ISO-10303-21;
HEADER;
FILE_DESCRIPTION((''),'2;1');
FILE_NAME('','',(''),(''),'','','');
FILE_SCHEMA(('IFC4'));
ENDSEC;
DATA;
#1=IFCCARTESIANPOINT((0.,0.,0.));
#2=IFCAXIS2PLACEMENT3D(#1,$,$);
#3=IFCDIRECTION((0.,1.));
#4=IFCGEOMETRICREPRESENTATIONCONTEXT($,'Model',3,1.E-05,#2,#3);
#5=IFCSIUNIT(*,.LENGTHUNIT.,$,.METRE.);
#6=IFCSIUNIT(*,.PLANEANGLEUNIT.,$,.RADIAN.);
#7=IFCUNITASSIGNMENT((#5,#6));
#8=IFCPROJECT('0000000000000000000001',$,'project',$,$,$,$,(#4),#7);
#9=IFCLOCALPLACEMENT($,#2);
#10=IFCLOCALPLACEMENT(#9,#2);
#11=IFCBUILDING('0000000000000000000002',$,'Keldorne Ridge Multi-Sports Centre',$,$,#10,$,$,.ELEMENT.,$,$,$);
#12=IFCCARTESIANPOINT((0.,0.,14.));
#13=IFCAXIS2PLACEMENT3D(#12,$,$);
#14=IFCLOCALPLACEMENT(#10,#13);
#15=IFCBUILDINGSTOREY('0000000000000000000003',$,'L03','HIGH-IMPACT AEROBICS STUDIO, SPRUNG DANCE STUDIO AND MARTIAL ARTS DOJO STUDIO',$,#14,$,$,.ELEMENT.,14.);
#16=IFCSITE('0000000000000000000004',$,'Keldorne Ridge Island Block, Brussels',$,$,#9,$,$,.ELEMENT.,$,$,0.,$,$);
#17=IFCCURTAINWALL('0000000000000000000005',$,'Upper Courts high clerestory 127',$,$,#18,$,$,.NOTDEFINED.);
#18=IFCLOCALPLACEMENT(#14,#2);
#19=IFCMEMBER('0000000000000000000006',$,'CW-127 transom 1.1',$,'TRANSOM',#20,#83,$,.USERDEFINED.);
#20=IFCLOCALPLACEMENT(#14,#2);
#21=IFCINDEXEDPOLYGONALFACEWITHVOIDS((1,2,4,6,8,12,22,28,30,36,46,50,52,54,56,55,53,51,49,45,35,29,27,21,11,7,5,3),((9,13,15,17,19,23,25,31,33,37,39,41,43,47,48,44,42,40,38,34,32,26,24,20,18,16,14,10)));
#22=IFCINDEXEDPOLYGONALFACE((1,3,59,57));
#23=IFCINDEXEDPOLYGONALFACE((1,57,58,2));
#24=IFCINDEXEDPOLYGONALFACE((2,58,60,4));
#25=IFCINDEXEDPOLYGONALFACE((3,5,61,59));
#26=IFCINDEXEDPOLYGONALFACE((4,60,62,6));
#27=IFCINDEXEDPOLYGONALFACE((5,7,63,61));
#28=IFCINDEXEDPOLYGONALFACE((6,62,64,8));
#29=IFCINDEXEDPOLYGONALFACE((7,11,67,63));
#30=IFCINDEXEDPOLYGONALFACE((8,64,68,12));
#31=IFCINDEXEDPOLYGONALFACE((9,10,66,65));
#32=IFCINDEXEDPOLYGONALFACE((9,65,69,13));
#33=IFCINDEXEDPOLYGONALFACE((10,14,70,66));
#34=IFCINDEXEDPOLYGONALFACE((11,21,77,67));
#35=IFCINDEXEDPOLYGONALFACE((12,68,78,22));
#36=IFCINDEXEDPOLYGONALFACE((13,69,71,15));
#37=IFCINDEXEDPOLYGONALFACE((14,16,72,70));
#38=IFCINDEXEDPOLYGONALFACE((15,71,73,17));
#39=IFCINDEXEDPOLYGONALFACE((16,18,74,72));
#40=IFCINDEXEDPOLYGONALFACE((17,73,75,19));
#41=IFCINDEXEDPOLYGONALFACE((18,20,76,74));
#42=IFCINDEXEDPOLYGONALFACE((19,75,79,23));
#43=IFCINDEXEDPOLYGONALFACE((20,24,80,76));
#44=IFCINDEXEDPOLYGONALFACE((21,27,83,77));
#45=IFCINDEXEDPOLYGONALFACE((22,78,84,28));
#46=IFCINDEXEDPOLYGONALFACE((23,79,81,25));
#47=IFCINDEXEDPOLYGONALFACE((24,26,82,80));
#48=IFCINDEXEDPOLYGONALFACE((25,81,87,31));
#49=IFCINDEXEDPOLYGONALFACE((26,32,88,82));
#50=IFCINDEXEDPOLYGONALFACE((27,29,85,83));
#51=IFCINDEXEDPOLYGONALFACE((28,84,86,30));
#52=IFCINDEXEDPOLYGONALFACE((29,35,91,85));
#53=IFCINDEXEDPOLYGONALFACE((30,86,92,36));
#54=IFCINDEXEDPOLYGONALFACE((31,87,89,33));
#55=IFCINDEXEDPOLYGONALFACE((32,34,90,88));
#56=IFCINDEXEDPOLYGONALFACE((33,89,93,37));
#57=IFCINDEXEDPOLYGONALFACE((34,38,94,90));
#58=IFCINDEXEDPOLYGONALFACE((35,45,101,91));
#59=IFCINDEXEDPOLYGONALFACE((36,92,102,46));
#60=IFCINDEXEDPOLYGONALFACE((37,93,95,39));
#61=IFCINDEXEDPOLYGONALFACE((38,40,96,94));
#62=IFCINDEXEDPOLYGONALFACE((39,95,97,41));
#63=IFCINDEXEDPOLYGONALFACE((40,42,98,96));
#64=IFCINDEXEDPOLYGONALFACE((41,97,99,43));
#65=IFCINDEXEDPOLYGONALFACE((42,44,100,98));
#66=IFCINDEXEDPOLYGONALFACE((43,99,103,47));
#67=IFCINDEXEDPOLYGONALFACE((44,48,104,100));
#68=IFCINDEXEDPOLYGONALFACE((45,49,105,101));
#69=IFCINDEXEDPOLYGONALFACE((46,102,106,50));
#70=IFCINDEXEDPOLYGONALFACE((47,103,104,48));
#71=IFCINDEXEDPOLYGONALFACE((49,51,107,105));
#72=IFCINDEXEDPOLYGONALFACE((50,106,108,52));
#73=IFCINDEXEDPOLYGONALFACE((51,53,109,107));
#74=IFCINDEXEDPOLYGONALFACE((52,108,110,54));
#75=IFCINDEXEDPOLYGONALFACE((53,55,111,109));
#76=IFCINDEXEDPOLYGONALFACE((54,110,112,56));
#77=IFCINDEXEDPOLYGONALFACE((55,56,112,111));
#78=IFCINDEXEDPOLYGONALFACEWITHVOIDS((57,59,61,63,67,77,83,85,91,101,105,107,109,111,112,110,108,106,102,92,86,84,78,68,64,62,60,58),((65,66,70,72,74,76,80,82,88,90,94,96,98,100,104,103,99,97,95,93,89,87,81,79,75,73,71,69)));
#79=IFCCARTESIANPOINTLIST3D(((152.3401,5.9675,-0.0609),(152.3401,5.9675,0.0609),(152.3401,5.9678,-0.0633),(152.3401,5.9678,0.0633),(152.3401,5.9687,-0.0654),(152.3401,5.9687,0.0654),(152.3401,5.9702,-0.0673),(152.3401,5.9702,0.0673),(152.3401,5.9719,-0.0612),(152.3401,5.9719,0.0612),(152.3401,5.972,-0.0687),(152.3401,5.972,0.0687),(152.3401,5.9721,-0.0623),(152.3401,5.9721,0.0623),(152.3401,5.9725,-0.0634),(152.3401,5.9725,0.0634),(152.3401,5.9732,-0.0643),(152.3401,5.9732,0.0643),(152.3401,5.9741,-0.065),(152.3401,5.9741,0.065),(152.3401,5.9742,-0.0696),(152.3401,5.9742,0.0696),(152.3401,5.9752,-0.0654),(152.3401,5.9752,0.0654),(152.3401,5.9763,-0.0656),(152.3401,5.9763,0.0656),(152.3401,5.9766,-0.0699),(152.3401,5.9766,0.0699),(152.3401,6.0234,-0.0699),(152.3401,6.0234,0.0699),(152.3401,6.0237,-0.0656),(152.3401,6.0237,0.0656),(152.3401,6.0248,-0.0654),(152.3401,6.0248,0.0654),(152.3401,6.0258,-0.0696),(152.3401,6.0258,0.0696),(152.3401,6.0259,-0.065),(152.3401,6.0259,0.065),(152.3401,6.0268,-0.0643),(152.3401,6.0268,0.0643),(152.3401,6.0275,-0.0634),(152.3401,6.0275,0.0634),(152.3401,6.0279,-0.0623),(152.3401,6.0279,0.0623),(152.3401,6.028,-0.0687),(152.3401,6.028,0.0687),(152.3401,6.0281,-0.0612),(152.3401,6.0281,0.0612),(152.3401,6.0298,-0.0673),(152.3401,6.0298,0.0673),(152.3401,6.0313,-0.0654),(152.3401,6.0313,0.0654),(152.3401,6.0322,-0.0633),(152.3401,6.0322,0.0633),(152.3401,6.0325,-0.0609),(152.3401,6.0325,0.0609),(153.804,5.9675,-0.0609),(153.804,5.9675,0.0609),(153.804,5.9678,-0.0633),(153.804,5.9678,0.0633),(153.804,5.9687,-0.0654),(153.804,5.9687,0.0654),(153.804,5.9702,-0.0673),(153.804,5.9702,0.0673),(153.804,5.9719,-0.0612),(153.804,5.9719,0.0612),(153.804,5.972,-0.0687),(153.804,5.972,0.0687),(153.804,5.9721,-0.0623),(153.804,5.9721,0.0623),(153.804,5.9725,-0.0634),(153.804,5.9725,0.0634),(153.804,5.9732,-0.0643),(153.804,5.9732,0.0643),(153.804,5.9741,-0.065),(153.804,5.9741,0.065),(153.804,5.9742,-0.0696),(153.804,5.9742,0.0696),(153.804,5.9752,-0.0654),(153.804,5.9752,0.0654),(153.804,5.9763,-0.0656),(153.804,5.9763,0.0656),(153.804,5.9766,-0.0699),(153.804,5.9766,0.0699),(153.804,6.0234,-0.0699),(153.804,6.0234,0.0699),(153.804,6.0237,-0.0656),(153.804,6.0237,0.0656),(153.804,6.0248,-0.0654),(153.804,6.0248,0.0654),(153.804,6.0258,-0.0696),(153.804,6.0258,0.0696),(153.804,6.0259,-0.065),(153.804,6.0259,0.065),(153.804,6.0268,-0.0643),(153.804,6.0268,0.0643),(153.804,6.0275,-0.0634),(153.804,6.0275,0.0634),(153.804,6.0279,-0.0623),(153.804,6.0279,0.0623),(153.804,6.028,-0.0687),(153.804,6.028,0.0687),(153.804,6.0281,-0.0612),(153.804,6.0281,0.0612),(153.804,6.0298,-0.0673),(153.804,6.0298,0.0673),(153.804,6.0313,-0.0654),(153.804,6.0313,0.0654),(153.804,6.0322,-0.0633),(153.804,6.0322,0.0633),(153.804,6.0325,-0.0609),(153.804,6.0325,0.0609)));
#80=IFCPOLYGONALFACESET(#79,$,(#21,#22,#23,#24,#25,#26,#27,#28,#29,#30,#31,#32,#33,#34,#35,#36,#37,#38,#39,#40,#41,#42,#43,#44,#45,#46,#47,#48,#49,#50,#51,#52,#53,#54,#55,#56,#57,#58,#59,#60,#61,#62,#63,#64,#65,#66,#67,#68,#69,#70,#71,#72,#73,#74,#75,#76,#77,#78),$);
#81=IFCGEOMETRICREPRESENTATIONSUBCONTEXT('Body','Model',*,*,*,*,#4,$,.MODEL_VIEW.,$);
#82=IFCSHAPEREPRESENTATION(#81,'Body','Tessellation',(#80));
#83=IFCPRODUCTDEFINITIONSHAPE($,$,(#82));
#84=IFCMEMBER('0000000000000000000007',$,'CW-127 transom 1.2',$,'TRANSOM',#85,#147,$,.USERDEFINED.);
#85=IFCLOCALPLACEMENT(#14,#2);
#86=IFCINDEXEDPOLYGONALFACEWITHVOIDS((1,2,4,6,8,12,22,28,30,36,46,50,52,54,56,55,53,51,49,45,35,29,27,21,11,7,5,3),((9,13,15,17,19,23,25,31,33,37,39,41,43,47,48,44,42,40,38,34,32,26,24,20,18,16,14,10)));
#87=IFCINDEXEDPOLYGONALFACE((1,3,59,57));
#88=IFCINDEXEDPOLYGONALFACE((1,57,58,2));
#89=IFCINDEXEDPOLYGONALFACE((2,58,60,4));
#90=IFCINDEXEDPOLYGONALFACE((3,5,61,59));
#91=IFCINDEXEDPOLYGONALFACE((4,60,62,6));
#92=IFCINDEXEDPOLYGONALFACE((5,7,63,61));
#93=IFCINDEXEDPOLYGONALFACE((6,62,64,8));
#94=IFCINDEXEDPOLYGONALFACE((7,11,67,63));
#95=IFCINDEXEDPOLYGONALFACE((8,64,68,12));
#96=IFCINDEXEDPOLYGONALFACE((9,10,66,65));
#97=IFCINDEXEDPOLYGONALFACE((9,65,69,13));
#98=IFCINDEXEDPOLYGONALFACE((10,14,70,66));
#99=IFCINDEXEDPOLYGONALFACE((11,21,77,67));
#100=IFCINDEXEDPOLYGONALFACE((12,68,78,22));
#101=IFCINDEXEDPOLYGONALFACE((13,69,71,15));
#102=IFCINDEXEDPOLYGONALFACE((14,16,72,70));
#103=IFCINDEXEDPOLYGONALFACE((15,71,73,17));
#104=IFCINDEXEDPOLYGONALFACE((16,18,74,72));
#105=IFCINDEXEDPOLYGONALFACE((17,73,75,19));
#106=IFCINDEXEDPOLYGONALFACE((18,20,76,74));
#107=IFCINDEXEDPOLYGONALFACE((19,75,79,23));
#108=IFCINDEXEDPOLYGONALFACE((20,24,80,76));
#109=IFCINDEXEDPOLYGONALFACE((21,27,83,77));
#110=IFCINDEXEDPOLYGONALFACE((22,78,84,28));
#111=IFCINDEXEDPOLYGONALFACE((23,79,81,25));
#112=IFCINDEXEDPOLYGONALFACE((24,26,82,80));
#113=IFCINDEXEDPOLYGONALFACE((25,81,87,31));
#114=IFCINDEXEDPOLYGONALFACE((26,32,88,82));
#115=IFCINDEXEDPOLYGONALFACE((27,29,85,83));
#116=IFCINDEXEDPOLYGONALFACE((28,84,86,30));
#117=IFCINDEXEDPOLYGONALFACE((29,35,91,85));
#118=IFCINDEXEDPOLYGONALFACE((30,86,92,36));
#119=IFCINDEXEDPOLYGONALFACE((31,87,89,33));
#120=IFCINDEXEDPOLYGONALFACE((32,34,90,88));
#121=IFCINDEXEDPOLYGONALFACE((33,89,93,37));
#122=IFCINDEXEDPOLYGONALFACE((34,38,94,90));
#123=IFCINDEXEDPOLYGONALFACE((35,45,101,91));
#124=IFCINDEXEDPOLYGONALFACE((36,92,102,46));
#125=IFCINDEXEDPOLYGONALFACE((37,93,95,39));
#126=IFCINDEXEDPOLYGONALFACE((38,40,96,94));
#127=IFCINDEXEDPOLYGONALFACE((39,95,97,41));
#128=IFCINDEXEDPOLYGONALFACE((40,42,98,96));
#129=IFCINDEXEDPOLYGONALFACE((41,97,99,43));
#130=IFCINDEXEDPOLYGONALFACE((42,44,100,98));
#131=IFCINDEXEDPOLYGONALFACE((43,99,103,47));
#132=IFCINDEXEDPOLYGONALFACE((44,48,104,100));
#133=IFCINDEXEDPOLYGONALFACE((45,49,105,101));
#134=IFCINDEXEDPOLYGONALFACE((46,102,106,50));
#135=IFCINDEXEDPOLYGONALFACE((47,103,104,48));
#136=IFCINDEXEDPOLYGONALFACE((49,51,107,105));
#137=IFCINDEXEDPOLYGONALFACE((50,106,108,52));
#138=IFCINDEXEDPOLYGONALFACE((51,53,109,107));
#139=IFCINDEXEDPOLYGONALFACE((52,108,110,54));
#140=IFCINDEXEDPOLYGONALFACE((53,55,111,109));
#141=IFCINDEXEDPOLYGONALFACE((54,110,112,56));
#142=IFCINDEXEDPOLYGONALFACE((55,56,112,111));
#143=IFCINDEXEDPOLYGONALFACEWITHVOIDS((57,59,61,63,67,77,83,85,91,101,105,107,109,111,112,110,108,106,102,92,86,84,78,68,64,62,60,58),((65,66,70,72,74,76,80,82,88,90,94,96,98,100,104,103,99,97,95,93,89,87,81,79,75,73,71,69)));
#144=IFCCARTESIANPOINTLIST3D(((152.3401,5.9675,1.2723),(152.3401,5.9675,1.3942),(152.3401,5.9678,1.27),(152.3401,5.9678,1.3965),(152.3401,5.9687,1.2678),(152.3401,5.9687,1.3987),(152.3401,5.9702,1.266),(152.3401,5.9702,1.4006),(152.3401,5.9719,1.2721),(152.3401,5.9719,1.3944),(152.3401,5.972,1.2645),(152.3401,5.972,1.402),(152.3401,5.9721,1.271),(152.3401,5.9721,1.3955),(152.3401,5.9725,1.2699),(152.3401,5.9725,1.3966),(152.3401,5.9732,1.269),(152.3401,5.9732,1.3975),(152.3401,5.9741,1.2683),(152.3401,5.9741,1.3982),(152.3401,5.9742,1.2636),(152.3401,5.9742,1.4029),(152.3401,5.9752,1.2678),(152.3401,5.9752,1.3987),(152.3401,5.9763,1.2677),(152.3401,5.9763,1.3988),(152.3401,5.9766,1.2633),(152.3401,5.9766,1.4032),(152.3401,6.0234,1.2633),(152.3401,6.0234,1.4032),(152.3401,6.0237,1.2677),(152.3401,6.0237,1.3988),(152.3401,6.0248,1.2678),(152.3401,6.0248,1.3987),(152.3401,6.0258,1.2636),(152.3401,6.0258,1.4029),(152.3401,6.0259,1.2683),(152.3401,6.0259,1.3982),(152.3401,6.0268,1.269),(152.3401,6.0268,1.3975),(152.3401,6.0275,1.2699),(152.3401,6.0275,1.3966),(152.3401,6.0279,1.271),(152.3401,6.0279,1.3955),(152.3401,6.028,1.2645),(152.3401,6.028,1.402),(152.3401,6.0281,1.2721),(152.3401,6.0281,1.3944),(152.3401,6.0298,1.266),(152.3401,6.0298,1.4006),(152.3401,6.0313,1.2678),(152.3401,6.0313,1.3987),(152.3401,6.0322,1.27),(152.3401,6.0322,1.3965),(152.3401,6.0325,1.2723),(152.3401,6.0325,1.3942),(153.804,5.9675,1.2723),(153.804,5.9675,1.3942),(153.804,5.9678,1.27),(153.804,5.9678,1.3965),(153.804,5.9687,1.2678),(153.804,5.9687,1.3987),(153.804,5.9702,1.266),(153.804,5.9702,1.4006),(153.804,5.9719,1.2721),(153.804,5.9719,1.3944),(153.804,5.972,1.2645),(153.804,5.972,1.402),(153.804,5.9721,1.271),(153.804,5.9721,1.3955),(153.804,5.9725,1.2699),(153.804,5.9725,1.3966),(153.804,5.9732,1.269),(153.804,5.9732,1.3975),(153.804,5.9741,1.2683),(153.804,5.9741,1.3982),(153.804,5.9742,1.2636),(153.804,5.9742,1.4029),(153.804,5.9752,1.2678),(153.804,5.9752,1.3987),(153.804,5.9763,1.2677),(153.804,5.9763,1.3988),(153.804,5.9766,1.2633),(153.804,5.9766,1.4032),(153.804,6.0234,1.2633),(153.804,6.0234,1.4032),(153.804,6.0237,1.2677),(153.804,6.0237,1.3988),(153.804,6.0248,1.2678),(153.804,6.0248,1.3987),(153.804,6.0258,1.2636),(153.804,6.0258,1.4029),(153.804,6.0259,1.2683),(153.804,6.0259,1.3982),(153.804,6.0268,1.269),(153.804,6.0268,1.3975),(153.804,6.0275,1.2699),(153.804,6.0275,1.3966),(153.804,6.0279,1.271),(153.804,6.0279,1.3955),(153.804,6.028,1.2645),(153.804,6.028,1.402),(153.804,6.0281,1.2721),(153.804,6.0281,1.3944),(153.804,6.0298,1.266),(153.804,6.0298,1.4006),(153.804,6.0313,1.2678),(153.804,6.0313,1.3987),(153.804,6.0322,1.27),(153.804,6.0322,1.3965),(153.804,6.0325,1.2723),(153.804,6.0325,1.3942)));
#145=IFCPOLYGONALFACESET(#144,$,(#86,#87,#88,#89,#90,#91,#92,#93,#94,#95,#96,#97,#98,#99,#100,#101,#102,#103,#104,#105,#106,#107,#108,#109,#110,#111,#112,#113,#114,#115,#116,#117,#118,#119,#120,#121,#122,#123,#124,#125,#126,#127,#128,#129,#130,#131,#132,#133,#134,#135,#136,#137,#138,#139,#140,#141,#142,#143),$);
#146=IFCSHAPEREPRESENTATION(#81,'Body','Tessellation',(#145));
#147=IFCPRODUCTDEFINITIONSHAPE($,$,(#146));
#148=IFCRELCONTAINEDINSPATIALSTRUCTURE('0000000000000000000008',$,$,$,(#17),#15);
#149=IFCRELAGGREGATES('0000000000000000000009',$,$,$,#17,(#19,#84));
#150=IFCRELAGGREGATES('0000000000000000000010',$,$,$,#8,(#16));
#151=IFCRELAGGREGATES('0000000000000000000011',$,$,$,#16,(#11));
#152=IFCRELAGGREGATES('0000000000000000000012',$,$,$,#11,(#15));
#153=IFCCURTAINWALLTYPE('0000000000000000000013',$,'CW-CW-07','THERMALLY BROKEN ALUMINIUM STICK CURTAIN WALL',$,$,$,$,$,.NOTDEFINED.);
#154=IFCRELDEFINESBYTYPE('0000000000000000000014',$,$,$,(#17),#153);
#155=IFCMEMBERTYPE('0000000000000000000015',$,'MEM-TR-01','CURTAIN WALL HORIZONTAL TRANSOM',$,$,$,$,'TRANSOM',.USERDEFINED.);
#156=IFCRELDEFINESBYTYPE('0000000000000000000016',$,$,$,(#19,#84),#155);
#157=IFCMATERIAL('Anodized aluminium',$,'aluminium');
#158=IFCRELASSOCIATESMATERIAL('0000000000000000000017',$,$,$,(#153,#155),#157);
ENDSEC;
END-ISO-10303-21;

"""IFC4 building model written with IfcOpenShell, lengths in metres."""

from ifc_helpers import new_model, si_unit, direction, frame, origin, origin_2d, place, context, subcontext, project, spatial, hollow_rectangle, extrude, material, material_profile, profile_set, type_object, element, aggregate, save


model = new_model("IFC4")

# Units and contexts
model_context = context("Model", 3, precision=1e-05, world=origin(), true_north=direction((0.0, 1.0)))
body_context = subcontext(model_context, "Body", "Model", "MODEL_VIEW")
ifc_project = project(units=[si_unit("LENGTHUNIT", "METRE"), si_unit("PLANEANGLEUNIT", "RADIAN")], contexts=[model_context])

# Site, building, storey
site_placement = place(None, origin())
site = spatial("IfcSite", under=ifc_project, at=site_placement, Name="Keldorne Ridge Island Block, Brussels", CompositionType="ELEMENT", RefElevation=0.0)
building_placement = place(site_placement, origin())
building = spatial("IfcBuilding", under=site, at=building_placement, Name="Keldorne Ridge Multi-Sports Centre", CompositionType="ELEMENT")
storey_placement = place(building_placement, frame((0.0, 0.0, 14.0)))
storey = spatial("IfcBuildingStorey", under=building, at=storey_placement, Name="L03", Description="HIGH-IMPACT AEROBICS STUDIO, SPRUNG DANCE STUDIO AND MARTIAL ARTS DOJO STUDIO", CompositionType="ELEMENT", Elevation=14.0)

# Curtain wall, members
ifc_material_1 = material(Name="Anodized aluminium", Category="aluminium")
curtain_wall_type = type_object("IfcCurtainWallType", Name="CW-CW-07", Description="THERMALLY BROKEN ALUMINIUM STICK CURTAIN WALL", PredefinedType="NOTDEFINED", material=ifc_material_1)
curtain_wall_placement = place(storey_placement, origin())
curtain_wall = element("IfcCurtainWall", 1, at=curtain_wall_placement, inside=storey, type_object=curtain_wall_type, Name="Upper Courts high clerestory 127", PredefinedType="NOTDEFINED")
ifc_material_profile_1 = material_profile(ifc_material_1, hollow_rectangle(XDim=0.0649, YDim=0.1399, WallThickness=0.0044, InnerFilletRadius=0.0044, OuterFilletRadius=0.009, at=origin_2d()), Name="ALU TRANSOM 140x65x4.5")
ifc_profile_set_1 = profile_set([ifc_material_profile_1], Name="Anodized aluminium")
member_type_1 = type_object("IfcMemberType", Name="MEM-TR-01", Description="CURTAIN WALL HORIZONTAL TRANSOM", ElementType="TRANSOM", PredefinedType="USERDEFINED", material=ifc_profile_set_1)
member_1_placement = place(storey_placement, frame((152.3401, 6.0, 0.0), z_axis=(1.0, 0.0, 0.0), x_axis=(0.0, 1.0, 0.0)))
member_1 = element("IfcMember", 2, at=member_1_placement, type_object=member_type_1, Name="CW-127 transom 1.1", ObjectType="TRANSOM", PredefinedType="USERDEFINED", context=body_context, shape_type="SweptSolid", body=[
    extrude(hollow_rectangle(XDim=0.0649, YDim=0.1399, WallThickness=0.0044, InnerFilletRadius=0.0044, OuterFilletRadius=0.009, at=origin_2d()), origin(), (0.0, 0.0, 1.0), 1.4639),
])
member_2_placement = place(storey_placement, frame((152.3401, 6.0, 1.3333), z_axis=(1.0, 0.0, 0.0), x_axis=(0.0, 1.0, 0.0)))
member_2 = element("IfcMember", 3, at=member_2_placement, type_object=member_type_1, Name="CW-127 transom 1.2", ObjectType="TRANSOM", PredefinedType="USERDEFINED", context=body_context, shape_type="SweptSolid", body=[
    extrude(hollow_rectangle(XDim=0.0649, YDim=0.1399, WallThickness=0.0044, InnerFilletRadius=0.0044, OuterFilletRadius=0.009, at=origin_2d()), origin(), (0.0, 0.0, 1.0), 1.4639),
])
aggregate(curtain_wall, [member_1, member_2])

save(model, "model.ifc")
